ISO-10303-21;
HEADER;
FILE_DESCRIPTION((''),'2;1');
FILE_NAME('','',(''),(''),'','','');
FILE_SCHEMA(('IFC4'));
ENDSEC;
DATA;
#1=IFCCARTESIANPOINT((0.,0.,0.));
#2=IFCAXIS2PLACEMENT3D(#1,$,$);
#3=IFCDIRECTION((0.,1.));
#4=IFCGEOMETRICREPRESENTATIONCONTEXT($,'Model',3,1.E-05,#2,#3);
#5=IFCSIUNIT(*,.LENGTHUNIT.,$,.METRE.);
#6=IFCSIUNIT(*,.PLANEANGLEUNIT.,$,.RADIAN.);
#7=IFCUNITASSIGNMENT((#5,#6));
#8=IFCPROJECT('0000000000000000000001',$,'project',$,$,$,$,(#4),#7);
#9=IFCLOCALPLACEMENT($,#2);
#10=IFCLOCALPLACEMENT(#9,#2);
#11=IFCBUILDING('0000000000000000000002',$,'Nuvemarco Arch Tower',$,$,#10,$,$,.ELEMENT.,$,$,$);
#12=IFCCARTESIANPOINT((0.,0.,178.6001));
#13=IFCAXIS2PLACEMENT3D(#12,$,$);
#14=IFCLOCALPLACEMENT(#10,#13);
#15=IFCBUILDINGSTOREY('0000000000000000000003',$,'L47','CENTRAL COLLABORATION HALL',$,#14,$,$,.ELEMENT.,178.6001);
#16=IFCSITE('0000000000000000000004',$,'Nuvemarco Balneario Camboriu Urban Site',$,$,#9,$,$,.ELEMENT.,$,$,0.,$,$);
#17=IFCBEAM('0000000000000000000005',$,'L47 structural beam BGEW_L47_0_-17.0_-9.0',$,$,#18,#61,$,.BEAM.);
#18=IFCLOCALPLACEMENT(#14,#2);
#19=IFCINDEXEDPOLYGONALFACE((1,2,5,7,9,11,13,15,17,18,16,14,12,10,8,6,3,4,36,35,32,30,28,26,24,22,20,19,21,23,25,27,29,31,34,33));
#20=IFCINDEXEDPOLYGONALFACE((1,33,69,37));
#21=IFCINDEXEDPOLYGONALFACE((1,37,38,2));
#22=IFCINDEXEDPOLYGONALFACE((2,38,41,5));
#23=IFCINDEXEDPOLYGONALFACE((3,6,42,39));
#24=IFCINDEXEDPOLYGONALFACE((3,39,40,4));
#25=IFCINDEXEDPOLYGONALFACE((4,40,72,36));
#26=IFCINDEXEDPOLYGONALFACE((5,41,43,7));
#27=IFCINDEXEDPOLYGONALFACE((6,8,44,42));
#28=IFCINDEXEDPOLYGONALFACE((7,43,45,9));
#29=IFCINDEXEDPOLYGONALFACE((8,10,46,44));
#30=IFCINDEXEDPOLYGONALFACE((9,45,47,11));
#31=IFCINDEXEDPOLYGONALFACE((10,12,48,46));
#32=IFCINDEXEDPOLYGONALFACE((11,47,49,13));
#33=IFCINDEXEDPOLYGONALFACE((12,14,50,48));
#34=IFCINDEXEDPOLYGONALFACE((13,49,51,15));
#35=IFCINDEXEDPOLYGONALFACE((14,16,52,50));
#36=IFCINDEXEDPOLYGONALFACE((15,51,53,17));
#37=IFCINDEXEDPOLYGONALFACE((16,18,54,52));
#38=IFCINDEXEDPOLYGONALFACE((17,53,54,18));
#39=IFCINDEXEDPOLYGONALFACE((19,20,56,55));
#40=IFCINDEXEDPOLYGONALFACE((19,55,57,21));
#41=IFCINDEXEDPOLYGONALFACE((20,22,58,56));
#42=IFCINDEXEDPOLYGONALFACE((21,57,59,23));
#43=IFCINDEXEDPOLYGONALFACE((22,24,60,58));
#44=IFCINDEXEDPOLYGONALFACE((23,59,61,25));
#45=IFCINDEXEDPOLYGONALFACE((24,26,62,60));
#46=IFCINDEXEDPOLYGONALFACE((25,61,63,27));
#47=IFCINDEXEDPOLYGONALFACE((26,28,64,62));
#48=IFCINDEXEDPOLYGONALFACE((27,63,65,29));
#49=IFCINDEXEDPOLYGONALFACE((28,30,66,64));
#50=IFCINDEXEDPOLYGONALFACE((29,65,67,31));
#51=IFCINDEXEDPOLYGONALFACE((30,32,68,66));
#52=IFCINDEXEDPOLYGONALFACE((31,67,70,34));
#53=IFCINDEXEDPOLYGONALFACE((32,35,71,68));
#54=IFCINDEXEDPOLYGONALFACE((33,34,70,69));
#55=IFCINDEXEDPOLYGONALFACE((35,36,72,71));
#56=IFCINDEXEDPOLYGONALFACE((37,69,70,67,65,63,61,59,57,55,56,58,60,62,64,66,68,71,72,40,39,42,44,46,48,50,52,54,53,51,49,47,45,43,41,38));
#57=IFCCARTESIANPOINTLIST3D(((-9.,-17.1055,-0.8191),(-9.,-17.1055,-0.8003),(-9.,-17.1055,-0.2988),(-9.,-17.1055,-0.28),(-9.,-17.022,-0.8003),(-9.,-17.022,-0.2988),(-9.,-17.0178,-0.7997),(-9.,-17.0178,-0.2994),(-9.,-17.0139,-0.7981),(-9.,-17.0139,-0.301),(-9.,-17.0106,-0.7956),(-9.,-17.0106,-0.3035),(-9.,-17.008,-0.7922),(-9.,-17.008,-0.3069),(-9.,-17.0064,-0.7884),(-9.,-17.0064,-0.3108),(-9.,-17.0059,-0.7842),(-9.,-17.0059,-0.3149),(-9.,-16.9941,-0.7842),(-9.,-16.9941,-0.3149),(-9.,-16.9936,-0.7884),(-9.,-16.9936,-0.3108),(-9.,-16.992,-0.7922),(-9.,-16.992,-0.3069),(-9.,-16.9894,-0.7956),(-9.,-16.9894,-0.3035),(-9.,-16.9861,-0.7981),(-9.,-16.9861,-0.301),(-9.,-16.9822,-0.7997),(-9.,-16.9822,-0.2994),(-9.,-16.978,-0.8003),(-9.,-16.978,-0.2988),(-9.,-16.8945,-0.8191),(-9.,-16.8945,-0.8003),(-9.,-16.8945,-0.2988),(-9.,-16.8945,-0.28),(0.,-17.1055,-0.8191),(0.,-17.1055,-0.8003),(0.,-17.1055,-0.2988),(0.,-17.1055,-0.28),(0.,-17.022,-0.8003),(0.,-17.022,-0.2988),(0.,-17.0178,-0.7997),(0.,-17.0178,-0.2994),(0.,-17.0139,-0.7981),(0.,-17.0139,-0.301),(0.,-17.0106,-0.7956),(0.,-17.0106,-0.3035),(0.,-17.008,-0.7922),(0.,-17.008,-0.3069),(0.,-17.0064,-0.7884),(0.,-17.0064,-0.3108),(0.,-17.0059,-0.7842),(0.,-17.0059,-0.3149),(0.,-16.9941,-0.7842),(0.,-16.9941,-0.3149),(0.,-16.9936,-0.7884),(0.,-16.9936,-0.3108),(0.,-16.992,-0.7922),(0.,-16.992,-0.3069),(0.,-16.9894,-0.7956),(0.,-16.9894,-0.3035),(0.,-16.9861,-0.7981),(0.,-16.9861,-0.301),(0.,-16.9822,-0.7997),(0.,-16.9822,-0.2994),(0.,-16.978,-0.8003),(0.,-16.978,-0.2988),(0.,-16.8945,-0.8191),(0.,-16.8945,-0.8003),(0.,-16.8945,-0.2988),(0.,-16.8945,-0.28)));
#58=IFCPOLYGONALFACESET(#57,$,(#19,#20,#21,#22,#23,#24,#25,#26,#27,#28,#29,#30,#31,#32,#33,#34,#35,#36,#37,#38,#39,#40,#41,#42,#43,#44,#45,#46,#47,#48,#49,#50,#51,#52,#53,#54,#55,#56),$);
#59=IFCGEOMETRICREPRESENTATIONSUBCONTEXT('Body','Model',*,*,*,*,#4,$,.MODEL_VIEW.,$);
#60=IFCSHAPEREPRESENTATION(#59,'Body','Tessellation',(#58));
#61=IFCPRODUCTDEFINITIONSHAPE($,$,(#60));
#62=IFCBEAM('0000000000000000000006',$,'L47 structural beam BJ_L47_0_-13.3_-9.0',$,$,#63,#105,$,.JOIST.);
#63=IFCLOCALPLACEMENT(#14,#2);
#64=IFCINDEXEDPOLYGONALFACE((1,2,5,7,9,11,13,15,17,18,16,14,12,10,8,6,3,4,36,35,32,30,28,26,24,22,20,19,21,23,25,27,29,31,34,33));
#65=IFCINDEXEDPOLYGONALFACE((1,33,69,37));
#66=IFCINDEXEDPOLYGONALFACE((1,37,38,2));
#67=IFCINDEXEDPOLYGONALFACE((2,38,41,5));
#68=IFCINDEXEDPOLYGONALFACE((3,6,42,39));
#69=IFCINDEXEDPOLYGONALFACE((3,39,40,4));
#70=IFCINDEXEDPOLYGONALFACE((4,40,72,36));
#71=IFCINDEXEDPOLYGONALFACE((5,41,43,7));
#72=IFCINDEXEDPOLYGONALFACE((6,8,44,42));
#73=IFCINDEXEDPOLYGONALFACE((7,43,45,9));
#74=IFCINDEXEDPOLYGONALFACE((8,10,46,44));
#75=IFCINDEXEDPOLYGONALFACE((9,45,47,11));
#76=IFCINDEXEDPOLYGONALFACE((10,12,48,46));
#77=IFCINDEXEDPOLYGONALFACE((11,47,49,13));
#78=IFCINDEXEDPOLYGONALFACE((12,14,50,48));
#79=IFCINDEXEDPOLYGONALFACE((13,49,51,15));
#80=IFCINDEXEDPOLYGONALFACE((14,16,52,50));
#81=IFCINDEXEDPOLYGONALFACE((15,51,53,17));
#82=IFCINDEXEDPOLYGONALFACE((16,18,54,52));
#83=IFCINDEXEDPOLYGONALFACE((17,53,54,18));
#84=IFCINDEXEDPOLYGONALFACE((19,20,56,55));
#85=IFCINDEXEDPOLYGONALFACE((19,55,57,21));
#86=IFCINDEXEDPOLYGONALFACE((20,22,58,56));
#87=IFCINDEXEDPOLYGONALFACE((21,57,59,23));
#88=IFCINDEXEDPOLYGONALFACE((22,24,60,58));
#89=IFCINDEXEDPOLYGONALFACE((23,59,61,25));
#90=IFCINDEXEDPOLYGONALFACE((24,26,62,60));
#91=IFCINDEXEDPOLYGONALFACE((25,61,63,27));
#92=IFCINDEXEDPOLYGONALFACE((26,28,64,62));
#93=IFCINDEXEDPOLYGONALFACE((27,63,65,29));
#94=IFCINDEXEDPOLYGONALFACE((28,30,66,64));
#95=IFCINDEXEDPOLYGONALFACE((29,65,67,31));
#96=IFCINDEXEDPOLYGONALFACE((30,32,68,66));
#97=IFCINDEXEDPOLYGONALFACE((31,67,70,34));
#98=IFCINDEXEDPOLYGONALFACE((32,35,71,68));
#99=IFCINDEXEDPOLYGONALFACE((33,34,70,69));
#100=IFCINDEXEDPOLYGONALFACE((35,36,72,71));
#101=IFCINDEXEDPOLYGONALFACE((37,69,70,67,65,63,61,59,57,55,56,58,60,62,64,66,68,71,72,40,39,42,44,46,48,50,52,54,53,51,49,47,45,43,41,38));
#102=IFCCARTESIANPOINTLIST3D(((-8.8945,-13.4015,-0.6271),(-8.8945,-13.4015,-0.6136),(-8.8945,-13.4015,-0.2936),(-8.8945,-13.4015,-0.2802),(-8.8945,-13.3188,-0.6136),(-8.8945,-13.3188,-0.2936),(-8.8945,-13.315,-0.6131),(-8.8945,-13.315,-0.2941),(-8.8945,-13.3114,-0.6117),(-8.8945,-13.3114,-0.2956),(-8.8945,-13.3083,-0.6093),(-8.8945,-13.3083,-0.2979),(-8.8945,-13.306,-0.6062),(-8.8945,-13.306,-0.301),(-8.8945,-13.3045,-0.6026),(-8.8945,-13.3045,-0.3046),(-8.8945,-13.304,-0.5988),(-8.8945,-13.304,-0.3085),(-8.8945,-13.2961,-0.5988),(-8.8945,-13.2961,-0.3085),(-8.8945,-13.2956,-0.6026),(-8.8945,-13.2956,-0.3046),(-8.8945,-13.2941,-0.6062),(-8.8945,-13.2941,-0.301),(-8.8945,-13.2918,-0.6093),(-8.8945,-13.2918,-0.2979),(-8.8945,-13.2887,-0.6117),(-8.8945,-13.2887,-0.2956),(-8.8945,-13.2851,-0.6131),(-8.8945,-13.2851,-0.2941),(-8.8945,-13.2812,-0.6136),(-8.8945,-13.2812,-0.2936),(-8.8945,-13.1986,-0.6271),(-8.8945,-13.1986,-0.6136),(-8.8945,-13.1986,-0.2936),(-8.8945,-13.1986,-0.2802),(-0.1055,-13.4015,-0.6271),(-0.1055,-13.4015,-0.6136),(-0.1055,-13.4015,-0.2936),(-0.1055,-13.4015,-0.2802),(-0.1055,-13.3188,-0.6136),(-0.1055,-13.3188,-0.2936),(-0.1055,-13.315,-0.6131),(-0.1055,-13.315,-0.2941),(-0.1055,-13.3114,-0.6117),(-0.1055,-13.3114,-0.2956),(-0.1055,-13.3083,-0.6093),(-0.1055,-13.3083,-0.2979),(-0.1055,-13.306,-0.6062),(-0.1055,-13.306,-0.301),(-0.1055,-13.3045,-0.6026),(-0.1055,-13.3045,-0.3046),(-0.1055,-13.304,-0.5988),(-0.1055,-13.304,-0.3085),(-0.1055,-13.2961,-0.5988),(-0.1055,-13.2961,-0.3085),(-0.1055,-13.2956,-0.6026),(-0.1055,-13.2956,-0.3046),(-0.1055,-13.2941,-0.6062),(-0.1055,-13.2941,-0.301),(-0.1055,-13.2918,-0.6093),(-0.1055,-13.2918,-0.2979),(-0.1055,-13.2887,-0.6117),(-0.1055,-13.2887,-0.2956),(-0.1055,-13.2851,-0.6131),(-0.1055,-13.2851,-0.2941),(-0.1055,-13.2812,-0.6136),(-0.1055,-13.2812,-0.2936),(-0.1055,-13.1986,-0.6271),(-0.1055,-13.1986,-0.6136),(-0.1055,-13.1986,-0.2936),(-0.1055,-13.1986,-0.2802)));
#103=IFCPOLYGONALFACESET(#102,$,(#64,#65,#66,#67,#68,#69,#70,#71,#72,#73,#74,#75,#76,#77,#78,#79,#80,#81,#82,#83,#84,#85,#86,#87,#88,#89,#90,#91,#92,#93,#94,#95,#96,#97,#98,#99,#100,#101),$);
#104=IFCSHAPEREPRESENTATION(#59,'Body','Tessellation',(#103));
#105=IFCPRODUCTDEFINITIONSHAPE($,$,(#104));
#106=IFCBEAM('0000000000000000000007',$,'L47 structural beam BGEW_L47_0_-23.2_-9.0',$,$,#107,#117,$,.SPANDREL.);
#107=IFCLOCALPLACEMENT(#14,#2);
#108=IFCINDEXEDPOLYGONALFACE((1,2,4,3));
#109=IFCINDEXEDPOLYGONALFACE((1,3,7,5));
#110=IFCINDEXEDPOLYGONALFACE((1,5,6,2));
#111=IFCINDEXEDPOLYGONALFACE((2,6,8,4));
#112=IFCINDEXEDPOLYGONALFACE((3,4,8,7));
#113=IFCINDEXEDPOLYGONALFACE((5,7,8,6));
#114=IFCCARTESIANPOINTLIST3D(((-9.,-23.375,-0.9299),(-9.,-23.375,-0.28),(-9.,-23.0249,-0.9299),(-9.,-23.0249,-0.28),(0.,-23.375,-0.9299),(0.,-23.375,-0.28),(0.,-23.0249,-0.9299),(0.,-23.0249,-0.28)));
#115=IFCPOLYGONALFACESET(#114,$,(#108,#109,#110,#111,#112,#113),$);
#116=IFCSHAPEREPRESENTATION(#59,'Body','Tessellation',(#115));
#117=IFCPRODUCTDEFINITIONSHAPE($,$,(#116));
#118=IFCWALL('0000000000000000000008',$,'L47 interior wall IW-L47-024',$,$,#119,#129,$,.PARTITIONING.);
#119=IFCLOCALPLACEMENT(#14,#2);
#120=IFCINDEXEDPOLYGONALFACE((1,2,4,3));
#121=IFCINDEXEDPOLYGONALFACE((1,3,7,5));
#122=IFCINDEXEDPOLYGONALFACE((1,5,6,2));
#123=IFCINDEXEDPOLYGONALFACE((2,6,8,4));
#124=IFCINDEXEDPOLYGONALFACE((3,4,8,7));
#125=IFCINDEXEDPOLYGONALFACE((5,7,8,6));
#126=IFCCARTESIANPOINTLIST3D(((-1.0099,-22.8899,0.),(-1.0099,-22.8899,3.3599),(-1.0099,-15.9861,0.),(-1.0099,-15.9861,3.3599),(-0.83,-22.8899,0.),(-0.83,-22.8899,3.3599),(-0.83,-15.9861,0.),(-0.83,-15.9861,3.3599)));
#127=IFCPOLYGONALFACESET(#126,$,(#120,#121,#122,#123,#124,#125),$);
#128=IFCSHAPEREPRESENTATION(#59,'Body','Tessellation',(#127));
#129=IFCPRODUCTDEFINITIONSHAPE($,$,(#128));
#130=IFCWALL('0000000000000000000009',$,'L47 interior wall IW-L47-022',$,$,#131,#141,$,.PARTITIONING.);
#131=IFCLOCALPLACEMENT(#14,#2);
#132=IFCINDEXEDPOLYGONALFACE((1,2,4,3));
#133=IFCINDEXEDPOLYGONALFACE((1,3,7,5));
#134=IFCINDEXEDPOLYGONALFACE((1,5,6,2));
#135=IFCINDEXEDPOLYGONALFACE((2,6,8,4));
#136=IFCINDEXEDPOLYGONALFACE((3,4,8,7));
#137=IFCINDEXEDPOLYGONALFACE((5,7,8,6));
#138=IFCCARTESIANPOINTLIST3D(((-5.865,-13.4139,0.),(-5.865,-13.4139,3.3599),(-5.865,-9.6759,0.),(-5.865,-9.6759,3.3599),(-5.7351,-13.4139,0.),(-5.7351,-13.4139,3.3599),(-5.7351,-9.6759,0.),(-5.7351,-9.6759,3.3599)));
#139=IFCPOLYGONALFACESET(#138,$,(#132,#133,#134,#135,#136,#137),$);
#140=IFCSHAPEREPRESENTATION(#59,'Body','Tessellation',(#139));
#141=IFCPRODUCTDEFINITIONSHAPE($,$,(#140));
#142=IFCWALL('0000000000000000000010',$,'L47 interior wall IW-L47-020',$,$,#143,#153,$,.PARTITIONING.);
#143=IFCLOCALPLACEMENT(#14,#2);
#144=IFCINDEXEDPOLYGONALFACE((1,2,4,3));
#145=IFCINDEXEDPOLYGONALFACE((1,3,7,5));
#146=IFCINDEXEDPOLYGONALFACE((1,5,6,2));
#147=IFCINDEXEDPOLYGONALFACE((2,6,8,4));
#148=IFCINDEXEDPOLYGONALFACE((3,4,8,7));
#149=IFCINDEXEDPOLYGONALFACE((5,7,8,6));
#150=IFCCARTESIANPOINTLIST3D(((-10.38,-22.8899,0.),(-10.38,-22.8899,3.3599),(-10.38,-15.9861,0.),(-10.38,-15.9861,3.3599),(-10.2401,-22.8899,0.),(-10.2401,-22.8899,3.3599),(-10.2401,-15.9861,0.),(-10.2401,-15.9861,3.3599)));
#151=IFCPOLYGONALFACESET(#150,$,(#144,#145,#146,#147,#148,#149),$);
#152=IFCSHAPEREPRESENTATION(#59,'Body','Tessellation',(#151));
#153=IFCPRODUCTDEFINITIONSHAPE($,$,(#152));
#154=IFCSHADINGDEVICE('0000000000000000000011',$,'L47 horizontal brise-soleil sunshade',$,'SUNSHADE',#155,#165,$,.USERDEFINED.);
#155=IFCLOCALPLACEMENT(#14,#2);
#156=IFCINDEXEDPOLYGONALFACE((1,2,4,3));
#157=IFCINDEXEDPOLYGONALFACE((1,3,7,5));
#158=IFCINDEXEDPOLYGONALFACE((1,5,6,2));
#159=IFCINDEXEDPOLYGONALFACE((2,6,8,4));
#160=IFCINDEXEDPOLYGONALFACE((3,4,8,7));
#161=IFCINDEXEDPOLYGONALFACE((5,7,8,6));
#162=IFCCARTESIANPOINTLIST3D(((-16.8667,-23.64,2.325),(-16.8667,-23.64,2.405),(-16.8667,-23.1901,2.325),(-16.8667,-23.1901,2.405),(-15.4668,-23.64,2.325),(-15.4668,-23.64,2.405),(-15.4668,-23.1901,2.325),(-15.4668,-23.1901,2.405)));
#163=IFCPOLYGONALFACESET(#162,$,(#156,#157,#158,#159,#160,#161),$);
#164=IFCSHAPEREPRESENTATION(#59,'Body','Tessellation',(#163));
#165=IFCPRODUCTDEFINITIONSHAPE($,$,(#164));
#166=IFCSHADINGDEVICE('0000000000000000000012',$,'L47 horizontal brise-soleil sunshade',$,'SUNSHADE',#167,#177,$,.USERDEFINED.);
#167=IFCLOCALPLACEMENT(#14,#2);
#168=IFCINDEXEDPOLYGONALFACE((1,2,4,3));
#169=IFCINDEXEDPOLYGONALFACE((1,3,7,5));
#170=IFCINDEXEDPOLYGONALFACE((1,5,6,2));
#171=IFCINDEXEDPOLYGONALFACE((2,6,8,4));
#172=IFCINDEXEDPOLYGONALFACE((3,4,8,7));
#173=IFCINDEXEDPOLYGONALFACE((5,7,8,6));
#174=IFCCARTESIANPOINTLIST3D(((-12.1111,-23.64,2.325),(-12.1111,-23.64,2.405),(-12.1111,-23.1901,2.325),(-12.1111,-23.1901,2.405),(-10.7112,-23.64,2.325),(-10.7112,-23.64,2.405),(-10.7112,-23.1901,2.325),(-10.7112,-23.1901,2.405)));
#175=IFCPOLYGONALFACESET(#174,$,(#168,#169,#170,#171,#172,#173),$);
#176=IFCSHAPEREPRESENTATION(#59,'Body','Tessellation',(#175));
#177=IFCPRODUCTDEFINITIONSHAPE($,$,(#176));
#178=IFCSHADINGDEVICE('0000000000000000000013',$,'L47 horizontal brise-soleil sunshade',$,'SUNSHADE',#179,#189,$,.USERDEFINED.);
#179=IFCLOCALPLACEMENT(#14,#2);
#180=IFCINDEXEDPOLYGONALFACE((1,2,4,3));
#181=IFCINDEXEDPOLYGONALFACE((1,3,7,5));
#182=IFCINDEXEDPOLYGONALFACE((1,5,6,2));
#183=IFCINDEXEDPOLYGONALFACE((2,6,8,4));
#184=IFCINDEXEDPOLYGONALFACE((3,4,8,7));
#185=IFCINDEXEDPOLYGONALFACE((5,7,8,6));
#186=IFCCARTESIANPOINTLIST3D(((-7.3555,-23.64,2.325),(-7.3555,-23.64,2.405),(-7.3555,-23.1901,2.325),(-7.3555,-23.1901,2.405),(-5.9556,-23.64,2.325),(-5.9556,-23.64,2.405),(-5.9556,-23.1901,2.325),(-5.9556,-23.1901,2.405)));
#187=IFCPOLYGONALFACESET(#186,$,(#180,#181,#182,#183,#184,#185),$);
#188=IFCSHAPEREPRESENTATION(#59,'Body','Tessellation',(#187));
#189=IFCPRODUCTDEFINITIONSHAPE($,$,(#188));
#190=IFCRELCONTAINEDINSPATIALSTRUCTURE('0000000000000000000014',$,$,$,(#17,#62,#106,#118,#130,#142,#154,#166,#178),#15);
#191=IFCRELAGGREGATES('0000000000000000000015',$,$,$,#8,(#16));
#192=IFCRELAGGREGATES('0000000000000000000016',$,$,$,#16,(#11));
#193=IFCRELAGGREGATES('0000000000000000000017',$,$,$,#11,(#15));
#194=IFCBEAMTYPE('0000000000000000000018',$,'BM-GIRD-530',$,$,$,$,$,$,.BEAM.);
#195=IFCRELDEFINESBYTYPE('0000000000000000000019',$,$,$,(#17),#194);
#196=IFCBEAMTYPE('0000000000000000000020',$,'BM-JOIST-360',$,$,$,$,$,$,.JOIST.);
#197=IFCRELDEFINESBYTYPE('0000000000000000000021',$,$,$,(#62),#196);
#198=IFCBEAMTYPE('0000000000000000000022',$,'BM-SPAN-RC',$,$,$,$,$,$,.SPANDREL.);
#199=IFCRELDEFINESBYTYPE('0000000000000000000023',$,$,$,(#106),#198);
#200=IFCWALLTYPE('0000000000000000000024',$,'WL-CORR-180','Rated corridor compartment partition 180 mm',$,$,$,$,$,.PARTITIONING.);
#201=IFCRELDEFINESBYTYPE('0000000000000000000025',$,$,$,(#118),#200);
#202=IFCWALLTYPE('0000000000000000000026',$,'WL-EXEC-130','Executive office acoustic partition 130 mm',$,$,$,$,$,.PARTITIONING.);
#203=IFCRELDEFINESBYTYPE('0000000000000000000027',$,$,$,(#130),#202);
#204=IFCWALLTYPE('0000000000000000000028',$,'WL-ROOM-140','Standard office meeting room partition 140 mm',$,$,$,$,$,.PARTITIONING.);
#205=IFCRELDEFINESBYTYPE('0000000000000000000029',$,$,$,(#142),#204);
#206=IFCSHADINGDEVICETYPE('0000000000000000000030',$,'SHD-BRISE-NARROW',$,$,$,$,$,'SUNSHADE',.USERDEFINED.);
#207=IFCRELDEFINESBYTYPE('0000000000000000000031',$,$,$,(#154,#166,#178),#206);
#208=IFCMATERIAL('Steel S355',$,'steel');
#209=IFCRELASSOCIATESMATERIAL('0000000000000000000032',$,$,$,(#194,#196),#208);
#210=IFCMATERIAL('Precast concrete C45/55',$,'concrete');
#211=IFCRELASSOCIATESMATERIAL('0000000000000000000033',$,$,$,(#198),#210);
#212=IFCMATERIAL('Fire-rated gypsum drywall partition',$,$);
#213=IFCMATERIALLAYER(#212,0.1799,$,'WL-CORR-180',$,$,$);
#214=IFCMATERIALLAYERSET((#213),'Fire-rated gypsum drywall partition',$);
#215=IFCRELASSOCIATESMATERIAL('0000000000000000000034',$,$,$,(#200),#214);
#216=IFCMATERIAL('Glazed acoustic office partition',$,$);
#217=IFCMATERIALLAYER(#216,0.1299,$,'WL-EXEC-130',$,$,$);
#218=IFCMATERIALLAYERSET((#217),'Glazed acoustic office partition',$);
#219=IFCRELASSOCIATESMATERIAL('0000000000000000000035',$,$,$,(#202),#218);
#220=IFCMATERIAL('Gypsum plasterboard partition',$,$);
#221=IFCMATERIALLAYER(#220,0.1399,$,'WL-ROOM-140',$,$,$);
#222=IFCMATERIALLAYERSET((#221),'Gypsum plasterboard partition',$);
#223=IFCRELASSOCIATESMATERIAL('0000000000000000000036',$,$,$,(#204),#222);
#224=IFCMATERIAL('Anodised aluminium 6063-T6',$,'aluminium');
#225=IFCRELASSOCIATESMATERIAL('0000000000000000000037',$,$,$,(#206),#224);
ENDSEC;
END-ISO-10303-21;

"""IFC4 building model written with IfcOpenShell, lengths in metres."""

from ifc_helpers import new_model, si_unit, direction, frame, frame_2d, origin, origin_2d, place, context, subcontext, project, spatial, rectangle, i_section, extrude, source, transform, mapped, material, layer, layer_set, material_profile, profile_set, type_object, type_shapes, element, save


model = new_model("IFC4")

# Units and contexts
model_context = context("Model", 3, precision=1e-05, world=origin(), true_north=direction((0.0, 1.0)))
body_context = subcontext(model_context, "Body", "Model", "MODEL_VIEW")
ifc_project = project(units=[si_unit("LENGTHUNIT", "METRE"), si_unit("PLANEANGLEUNIT", "RADIAN")], contexts=[model_context])

# Site, building, storey
site_placement = place(None, origin())
site = spatial("IfcSite", under=ifc_project, at=site_placement, Name="Nuvemarco Balneario Camboriu Urban Site", CompositionType="ELEMENT", RefElevation=0.0)
building_placement = place(site_placement, origin())
building = spatial("IfcBuilding", under=site, at=building_placement, Name="Nuvemarco Arch Tower", CompositionType="ELEMENT")
storey_placement = place(building_placement, frame((0.0, 0.0, 178.6001)))
storey = spatial("IfcBuildingStorey", under=building, at=storey_placement, Name="L47", Description="CENTRAL COLLABORATION HALL", CompositionType="ELEMENT", Elevation=178.6001)

# Shared definitions
ifc_material_1 = material(Name="Steel S355", Category="steel")

# Beams
ifc_material_profile_1 = material_profile(ifc_material_1, i_section(OverallWidth=0.2109, OverallDepth=0.5391, WebThickness=0.0117, FlangeThickness=0.0188, FilletRadius=0.0161, at=origin_2d()), Name="W530x109")
ifc_profile_set_1 = profile_set([ifc_material_profile_1], Name="Steel S355")
beam_type_1 = type_object("IfcBeamType", Name="BM-GIRD-530", PredefinedType="BEAM", material=ifc_profile_set_1)
beam_1_placement = place(storey_placement, frame((-9.0, -17.0, -0.5496), z_axis=(1.0, 0.0, 0.0), x_axis=(0.0, 1.0, 0.0)))
element("IfcBeam", 1, at=beam_1_placement, inside=storey, type_object=beam_type_1, Name="L47 structural beam BGEW_L47_0_-17.0_-9.0", PredefinedType="BEAM", context=body_context, shape_type="SweptSolid", body=[
    extrude(i_section(OverallWidth=0.2109, OverallDepth=0.5391, WebThickness=0.0117, FlangeThickness=0.0188, FilletRadius=0.0161, at=origin_2d()), origin(), (0.0, 0.0, 1.0), 9.0),
])
ifc_material_profile_2 = material_profile(ifc_material_1, i_section(OverallWidth=0.2029, OverallDepth=0.3469, WebThickness=0.0078, FlangeThickness=0.0134, FilletRadius=0.0149, at=origin_2d()), Name="W360x64")
ifc_profile_set_2 = profile_set([ifc_material_profile_2], Name="Steel S355")
beam_type_2 = type_object("IfcBeamType", Name="BM-JOIST-360", PredefinedType="JOIST", material=ifc_profile_set_2)
beam_2_placement = place(storey_placement, frame((-8.8945, -13.3, -0.4536), z_axis=(1.0, 0.0, 0.0), x_axis=(0.0, 1.0, 0.0)))
element("IfcBeam", 2, at=beam_2_placement, inside=storey, type_object=beam_type_2, Name="L47 structural beam BJ_L47_0_-13.3_-9.0", PredefinedType="JOIST", context=body_context, shape_type="SweptSolid", body=[
    extrude(i_section(OverallWidth=0.2029, OverallDepth=0.3469, WebThickness=0.0078, FlangeThickness=0.0134, FilletRadius=0.0149, at=origin_2d()), origin(), (0.0, 0.0, 1.0), 8.7891),
])
ifc_material_2 = material(Name="Precast concrete C45/55", Category="concrete")
ifc_material_profile_3 = material_profile(ifc_material_2, rectangle(XDim=0.3501, YDim=0.6499, at=origin_2d()), Name="PC-SP-350x650")
ifc_profile_set_3 = profile_set([ifc_material_profile_3], Name="Precast concrete C45/55")
beam_type_3 = type_object("IfcBeamType", Name="BM-SPAN-RC", PredefinedType="SPANDREL", material=ifc_profile_set_3)
beam_3_placement = place(storey_placement, frame((-9.0, -23.2, -0.605), z_axis=(1.0, 0.0, 0.0), x_axis=(0.0, 1.0, 0.0)))
element("IfcBeam", 3, at=beam_3_placement, inside=storey, type_object=beam_type_3, Name="L47 structural beam BGEW_L47_0_-23.2_-9.0", PredefinedType="SPANDREL", context=body_context, shape_type="SweptSolid", body=[
    extrude(rectangle(XDim=0.3501, YDim=0.6499, at=origin_2d()), origin(), (0.0, 0.0, 1.0), 9.0),
])

# Walls
ifc_material_3 = material(Name="Fire-rated gypsum drywall partition")
ifc_layer_1 = layer(ifc_material_3, 0.1799, Name="WL-CORR-180")
ifc_layer_set_1 = layer_set([ifc_layer_1], Name="Fire-rated gypsum drywall partition")
wall_type_1 = type_object("IfcWallType", Name="WL-CORR-180", Description="Rated corridor compartment partition 180 mm", PredefinedType="PARTITIONING", material=ifc_layer_set_1)
wall_1_placement = place(storey_placement, frame((-0.9199, -22.8899, 0.0), z_axis=(0.0, 0.0, 1.0), x_axis=(0.0, 1.0, 0.0)))
element("IfcWall", 4, at=wall_1_placement, inside=storey, type_object=wall_type_1, Name="L47 interior wall IW-L47-024", PredefinedType="PARTITIONING", context=body_context, shape_type="SweptSolid", body=[
    extrude(rectangle(XDim=6.9038, YDim=0.1799, at=frame_2d((3.4519, 0.0))), origin(), (0.0, 0.0, 1.0), 3.3599),
])
ifc_material_4 = material(Name="Glazed acoustic office partition")
ifc_layer_2 = layer(ifc_material_4, 0.1299, Name="WL-EXEC-130")
ifc_layer_set_2 = layer_set([ifc_layer_2], Name="Glazed acoustic office partition")
wall_type_2 = type_object("IfcWallType", Name="WL-EXEC-130", Description="Executive office acoustic partition 130 mm", PredefinedType="PARTITIONING", material=ifc_layer_set_2)
wall_2_placement = place(storey_placement, frame((-5.8, -13.4141, 0.0), z_axis=(0.0, 0.0, 1.0), x_axis=(0.0, 1.0, 0.0)))
element("IfcWall", 5, at=wall_2_placement, inside=storey, type_object=wall_type_2, Name="L47 interior wall IW-L47-022", PredefinedType="PARTITIONING", context=body_context, shape_type="SweptSolid", body=[
    extrude(rectangle(XDim=3.738, YDim=0.1299, at=frame_2d((1.8691, 0.0))), origin(), (0.0, 0.0, 1.0), 3.3599),
])
ifc_material_5 = material(Name="Gypsum plasterboard partition")
ifc_layer_3 = layer(ifc_material_5, 0.1399, Name="WL-ROOM-140")
ifc_layer_set_3 = layer_set([ifc_layer_3], Name="Gypsum plasterboard partition")
wall_type_3 = type_object("IfcWallType", Name="WL-ROOM-140", Description="Standard office meeting room partition 140 mm", PredefinedType="PARTITIONING", material=ifc_layer_set_3)
wall_3_placement = place(storey_placement, frame((-10.3101, -22.8899, 0.0), z_axis=(0.0, 0.0, 1.0), x_axis=(0.0, 1.0, 0.0)))
element("IfcWall", 6, at=wall_3_placement, inside=storey, type_object=wall_type_3, Name="L47 interior wall IW-L47-020", PredefinedType="PARTITIONING", context=body_context, shape_type="SweptSolid", body=[
    extrude(rectangle(XDim=6.9038, YDim=0.1399, at=frame_2d((3.4519, 0.0))), origin(), (0.0, 0.0, 1.0), 3.3599),
])

# Shading devices
ifc_material_6 = material(Name="Anodised aluminium 6063-T6", Category="aluminium")
shading_device_type = type_object("IfcShadingDeviceType", Name="SHD-BRISE-NARROW", ElementType="SUNSHADE", PredefinedType="USERDEFINED", material=ifc_material_6)
shared_shape_1 = source(origin(), body_context, "Body", "SweptSolid", [
    extrude(rectangle(XDim=1.3999, YDim=0.45, at=origin_2d()), origin(), (0.0, 0.0, 1.0), 0.0801),
])
type_shapes(shading_device_type, [shared_shape_1])
for number, where, z_axis, x_axis, name in (
    (7, (-16.1667, -23.415, 2.325), (0.0, 0.0, 1.0), (1.0, 0.0, 0.0), "L47 horizontal brise-soleil sunshade"),
    (8, (-11.4111, -23.415, 2.325), (0.0, 0.0, 1.0), (1.0, 0.0, 0.0), "L47 horizontal brise-soleil sunshade"),
    (9, (-6.6555, -23.415, 2.325), (0.0, 0.0, 1.0), (1.0, 0.0, 0.0), "L47 horizontal brise-soleil sunshade"),
):
    element("IfcShadingDevice", number, at=place(storey_placement, frame(where, z_axis=z_axis, x_axis=x_axis)), inside=storey, type_object=shading_device_type, Name=name, ObjectType="SUNSHADE", PredefinedType="USERDEFINED", context=body_context, shape_type="MappedRepresentation", body=[
        mapped(shared_shape_1, transform((0.0, 0.0, 0.0), scale=1.0)),
    ])

save(model, "model.ifc")
